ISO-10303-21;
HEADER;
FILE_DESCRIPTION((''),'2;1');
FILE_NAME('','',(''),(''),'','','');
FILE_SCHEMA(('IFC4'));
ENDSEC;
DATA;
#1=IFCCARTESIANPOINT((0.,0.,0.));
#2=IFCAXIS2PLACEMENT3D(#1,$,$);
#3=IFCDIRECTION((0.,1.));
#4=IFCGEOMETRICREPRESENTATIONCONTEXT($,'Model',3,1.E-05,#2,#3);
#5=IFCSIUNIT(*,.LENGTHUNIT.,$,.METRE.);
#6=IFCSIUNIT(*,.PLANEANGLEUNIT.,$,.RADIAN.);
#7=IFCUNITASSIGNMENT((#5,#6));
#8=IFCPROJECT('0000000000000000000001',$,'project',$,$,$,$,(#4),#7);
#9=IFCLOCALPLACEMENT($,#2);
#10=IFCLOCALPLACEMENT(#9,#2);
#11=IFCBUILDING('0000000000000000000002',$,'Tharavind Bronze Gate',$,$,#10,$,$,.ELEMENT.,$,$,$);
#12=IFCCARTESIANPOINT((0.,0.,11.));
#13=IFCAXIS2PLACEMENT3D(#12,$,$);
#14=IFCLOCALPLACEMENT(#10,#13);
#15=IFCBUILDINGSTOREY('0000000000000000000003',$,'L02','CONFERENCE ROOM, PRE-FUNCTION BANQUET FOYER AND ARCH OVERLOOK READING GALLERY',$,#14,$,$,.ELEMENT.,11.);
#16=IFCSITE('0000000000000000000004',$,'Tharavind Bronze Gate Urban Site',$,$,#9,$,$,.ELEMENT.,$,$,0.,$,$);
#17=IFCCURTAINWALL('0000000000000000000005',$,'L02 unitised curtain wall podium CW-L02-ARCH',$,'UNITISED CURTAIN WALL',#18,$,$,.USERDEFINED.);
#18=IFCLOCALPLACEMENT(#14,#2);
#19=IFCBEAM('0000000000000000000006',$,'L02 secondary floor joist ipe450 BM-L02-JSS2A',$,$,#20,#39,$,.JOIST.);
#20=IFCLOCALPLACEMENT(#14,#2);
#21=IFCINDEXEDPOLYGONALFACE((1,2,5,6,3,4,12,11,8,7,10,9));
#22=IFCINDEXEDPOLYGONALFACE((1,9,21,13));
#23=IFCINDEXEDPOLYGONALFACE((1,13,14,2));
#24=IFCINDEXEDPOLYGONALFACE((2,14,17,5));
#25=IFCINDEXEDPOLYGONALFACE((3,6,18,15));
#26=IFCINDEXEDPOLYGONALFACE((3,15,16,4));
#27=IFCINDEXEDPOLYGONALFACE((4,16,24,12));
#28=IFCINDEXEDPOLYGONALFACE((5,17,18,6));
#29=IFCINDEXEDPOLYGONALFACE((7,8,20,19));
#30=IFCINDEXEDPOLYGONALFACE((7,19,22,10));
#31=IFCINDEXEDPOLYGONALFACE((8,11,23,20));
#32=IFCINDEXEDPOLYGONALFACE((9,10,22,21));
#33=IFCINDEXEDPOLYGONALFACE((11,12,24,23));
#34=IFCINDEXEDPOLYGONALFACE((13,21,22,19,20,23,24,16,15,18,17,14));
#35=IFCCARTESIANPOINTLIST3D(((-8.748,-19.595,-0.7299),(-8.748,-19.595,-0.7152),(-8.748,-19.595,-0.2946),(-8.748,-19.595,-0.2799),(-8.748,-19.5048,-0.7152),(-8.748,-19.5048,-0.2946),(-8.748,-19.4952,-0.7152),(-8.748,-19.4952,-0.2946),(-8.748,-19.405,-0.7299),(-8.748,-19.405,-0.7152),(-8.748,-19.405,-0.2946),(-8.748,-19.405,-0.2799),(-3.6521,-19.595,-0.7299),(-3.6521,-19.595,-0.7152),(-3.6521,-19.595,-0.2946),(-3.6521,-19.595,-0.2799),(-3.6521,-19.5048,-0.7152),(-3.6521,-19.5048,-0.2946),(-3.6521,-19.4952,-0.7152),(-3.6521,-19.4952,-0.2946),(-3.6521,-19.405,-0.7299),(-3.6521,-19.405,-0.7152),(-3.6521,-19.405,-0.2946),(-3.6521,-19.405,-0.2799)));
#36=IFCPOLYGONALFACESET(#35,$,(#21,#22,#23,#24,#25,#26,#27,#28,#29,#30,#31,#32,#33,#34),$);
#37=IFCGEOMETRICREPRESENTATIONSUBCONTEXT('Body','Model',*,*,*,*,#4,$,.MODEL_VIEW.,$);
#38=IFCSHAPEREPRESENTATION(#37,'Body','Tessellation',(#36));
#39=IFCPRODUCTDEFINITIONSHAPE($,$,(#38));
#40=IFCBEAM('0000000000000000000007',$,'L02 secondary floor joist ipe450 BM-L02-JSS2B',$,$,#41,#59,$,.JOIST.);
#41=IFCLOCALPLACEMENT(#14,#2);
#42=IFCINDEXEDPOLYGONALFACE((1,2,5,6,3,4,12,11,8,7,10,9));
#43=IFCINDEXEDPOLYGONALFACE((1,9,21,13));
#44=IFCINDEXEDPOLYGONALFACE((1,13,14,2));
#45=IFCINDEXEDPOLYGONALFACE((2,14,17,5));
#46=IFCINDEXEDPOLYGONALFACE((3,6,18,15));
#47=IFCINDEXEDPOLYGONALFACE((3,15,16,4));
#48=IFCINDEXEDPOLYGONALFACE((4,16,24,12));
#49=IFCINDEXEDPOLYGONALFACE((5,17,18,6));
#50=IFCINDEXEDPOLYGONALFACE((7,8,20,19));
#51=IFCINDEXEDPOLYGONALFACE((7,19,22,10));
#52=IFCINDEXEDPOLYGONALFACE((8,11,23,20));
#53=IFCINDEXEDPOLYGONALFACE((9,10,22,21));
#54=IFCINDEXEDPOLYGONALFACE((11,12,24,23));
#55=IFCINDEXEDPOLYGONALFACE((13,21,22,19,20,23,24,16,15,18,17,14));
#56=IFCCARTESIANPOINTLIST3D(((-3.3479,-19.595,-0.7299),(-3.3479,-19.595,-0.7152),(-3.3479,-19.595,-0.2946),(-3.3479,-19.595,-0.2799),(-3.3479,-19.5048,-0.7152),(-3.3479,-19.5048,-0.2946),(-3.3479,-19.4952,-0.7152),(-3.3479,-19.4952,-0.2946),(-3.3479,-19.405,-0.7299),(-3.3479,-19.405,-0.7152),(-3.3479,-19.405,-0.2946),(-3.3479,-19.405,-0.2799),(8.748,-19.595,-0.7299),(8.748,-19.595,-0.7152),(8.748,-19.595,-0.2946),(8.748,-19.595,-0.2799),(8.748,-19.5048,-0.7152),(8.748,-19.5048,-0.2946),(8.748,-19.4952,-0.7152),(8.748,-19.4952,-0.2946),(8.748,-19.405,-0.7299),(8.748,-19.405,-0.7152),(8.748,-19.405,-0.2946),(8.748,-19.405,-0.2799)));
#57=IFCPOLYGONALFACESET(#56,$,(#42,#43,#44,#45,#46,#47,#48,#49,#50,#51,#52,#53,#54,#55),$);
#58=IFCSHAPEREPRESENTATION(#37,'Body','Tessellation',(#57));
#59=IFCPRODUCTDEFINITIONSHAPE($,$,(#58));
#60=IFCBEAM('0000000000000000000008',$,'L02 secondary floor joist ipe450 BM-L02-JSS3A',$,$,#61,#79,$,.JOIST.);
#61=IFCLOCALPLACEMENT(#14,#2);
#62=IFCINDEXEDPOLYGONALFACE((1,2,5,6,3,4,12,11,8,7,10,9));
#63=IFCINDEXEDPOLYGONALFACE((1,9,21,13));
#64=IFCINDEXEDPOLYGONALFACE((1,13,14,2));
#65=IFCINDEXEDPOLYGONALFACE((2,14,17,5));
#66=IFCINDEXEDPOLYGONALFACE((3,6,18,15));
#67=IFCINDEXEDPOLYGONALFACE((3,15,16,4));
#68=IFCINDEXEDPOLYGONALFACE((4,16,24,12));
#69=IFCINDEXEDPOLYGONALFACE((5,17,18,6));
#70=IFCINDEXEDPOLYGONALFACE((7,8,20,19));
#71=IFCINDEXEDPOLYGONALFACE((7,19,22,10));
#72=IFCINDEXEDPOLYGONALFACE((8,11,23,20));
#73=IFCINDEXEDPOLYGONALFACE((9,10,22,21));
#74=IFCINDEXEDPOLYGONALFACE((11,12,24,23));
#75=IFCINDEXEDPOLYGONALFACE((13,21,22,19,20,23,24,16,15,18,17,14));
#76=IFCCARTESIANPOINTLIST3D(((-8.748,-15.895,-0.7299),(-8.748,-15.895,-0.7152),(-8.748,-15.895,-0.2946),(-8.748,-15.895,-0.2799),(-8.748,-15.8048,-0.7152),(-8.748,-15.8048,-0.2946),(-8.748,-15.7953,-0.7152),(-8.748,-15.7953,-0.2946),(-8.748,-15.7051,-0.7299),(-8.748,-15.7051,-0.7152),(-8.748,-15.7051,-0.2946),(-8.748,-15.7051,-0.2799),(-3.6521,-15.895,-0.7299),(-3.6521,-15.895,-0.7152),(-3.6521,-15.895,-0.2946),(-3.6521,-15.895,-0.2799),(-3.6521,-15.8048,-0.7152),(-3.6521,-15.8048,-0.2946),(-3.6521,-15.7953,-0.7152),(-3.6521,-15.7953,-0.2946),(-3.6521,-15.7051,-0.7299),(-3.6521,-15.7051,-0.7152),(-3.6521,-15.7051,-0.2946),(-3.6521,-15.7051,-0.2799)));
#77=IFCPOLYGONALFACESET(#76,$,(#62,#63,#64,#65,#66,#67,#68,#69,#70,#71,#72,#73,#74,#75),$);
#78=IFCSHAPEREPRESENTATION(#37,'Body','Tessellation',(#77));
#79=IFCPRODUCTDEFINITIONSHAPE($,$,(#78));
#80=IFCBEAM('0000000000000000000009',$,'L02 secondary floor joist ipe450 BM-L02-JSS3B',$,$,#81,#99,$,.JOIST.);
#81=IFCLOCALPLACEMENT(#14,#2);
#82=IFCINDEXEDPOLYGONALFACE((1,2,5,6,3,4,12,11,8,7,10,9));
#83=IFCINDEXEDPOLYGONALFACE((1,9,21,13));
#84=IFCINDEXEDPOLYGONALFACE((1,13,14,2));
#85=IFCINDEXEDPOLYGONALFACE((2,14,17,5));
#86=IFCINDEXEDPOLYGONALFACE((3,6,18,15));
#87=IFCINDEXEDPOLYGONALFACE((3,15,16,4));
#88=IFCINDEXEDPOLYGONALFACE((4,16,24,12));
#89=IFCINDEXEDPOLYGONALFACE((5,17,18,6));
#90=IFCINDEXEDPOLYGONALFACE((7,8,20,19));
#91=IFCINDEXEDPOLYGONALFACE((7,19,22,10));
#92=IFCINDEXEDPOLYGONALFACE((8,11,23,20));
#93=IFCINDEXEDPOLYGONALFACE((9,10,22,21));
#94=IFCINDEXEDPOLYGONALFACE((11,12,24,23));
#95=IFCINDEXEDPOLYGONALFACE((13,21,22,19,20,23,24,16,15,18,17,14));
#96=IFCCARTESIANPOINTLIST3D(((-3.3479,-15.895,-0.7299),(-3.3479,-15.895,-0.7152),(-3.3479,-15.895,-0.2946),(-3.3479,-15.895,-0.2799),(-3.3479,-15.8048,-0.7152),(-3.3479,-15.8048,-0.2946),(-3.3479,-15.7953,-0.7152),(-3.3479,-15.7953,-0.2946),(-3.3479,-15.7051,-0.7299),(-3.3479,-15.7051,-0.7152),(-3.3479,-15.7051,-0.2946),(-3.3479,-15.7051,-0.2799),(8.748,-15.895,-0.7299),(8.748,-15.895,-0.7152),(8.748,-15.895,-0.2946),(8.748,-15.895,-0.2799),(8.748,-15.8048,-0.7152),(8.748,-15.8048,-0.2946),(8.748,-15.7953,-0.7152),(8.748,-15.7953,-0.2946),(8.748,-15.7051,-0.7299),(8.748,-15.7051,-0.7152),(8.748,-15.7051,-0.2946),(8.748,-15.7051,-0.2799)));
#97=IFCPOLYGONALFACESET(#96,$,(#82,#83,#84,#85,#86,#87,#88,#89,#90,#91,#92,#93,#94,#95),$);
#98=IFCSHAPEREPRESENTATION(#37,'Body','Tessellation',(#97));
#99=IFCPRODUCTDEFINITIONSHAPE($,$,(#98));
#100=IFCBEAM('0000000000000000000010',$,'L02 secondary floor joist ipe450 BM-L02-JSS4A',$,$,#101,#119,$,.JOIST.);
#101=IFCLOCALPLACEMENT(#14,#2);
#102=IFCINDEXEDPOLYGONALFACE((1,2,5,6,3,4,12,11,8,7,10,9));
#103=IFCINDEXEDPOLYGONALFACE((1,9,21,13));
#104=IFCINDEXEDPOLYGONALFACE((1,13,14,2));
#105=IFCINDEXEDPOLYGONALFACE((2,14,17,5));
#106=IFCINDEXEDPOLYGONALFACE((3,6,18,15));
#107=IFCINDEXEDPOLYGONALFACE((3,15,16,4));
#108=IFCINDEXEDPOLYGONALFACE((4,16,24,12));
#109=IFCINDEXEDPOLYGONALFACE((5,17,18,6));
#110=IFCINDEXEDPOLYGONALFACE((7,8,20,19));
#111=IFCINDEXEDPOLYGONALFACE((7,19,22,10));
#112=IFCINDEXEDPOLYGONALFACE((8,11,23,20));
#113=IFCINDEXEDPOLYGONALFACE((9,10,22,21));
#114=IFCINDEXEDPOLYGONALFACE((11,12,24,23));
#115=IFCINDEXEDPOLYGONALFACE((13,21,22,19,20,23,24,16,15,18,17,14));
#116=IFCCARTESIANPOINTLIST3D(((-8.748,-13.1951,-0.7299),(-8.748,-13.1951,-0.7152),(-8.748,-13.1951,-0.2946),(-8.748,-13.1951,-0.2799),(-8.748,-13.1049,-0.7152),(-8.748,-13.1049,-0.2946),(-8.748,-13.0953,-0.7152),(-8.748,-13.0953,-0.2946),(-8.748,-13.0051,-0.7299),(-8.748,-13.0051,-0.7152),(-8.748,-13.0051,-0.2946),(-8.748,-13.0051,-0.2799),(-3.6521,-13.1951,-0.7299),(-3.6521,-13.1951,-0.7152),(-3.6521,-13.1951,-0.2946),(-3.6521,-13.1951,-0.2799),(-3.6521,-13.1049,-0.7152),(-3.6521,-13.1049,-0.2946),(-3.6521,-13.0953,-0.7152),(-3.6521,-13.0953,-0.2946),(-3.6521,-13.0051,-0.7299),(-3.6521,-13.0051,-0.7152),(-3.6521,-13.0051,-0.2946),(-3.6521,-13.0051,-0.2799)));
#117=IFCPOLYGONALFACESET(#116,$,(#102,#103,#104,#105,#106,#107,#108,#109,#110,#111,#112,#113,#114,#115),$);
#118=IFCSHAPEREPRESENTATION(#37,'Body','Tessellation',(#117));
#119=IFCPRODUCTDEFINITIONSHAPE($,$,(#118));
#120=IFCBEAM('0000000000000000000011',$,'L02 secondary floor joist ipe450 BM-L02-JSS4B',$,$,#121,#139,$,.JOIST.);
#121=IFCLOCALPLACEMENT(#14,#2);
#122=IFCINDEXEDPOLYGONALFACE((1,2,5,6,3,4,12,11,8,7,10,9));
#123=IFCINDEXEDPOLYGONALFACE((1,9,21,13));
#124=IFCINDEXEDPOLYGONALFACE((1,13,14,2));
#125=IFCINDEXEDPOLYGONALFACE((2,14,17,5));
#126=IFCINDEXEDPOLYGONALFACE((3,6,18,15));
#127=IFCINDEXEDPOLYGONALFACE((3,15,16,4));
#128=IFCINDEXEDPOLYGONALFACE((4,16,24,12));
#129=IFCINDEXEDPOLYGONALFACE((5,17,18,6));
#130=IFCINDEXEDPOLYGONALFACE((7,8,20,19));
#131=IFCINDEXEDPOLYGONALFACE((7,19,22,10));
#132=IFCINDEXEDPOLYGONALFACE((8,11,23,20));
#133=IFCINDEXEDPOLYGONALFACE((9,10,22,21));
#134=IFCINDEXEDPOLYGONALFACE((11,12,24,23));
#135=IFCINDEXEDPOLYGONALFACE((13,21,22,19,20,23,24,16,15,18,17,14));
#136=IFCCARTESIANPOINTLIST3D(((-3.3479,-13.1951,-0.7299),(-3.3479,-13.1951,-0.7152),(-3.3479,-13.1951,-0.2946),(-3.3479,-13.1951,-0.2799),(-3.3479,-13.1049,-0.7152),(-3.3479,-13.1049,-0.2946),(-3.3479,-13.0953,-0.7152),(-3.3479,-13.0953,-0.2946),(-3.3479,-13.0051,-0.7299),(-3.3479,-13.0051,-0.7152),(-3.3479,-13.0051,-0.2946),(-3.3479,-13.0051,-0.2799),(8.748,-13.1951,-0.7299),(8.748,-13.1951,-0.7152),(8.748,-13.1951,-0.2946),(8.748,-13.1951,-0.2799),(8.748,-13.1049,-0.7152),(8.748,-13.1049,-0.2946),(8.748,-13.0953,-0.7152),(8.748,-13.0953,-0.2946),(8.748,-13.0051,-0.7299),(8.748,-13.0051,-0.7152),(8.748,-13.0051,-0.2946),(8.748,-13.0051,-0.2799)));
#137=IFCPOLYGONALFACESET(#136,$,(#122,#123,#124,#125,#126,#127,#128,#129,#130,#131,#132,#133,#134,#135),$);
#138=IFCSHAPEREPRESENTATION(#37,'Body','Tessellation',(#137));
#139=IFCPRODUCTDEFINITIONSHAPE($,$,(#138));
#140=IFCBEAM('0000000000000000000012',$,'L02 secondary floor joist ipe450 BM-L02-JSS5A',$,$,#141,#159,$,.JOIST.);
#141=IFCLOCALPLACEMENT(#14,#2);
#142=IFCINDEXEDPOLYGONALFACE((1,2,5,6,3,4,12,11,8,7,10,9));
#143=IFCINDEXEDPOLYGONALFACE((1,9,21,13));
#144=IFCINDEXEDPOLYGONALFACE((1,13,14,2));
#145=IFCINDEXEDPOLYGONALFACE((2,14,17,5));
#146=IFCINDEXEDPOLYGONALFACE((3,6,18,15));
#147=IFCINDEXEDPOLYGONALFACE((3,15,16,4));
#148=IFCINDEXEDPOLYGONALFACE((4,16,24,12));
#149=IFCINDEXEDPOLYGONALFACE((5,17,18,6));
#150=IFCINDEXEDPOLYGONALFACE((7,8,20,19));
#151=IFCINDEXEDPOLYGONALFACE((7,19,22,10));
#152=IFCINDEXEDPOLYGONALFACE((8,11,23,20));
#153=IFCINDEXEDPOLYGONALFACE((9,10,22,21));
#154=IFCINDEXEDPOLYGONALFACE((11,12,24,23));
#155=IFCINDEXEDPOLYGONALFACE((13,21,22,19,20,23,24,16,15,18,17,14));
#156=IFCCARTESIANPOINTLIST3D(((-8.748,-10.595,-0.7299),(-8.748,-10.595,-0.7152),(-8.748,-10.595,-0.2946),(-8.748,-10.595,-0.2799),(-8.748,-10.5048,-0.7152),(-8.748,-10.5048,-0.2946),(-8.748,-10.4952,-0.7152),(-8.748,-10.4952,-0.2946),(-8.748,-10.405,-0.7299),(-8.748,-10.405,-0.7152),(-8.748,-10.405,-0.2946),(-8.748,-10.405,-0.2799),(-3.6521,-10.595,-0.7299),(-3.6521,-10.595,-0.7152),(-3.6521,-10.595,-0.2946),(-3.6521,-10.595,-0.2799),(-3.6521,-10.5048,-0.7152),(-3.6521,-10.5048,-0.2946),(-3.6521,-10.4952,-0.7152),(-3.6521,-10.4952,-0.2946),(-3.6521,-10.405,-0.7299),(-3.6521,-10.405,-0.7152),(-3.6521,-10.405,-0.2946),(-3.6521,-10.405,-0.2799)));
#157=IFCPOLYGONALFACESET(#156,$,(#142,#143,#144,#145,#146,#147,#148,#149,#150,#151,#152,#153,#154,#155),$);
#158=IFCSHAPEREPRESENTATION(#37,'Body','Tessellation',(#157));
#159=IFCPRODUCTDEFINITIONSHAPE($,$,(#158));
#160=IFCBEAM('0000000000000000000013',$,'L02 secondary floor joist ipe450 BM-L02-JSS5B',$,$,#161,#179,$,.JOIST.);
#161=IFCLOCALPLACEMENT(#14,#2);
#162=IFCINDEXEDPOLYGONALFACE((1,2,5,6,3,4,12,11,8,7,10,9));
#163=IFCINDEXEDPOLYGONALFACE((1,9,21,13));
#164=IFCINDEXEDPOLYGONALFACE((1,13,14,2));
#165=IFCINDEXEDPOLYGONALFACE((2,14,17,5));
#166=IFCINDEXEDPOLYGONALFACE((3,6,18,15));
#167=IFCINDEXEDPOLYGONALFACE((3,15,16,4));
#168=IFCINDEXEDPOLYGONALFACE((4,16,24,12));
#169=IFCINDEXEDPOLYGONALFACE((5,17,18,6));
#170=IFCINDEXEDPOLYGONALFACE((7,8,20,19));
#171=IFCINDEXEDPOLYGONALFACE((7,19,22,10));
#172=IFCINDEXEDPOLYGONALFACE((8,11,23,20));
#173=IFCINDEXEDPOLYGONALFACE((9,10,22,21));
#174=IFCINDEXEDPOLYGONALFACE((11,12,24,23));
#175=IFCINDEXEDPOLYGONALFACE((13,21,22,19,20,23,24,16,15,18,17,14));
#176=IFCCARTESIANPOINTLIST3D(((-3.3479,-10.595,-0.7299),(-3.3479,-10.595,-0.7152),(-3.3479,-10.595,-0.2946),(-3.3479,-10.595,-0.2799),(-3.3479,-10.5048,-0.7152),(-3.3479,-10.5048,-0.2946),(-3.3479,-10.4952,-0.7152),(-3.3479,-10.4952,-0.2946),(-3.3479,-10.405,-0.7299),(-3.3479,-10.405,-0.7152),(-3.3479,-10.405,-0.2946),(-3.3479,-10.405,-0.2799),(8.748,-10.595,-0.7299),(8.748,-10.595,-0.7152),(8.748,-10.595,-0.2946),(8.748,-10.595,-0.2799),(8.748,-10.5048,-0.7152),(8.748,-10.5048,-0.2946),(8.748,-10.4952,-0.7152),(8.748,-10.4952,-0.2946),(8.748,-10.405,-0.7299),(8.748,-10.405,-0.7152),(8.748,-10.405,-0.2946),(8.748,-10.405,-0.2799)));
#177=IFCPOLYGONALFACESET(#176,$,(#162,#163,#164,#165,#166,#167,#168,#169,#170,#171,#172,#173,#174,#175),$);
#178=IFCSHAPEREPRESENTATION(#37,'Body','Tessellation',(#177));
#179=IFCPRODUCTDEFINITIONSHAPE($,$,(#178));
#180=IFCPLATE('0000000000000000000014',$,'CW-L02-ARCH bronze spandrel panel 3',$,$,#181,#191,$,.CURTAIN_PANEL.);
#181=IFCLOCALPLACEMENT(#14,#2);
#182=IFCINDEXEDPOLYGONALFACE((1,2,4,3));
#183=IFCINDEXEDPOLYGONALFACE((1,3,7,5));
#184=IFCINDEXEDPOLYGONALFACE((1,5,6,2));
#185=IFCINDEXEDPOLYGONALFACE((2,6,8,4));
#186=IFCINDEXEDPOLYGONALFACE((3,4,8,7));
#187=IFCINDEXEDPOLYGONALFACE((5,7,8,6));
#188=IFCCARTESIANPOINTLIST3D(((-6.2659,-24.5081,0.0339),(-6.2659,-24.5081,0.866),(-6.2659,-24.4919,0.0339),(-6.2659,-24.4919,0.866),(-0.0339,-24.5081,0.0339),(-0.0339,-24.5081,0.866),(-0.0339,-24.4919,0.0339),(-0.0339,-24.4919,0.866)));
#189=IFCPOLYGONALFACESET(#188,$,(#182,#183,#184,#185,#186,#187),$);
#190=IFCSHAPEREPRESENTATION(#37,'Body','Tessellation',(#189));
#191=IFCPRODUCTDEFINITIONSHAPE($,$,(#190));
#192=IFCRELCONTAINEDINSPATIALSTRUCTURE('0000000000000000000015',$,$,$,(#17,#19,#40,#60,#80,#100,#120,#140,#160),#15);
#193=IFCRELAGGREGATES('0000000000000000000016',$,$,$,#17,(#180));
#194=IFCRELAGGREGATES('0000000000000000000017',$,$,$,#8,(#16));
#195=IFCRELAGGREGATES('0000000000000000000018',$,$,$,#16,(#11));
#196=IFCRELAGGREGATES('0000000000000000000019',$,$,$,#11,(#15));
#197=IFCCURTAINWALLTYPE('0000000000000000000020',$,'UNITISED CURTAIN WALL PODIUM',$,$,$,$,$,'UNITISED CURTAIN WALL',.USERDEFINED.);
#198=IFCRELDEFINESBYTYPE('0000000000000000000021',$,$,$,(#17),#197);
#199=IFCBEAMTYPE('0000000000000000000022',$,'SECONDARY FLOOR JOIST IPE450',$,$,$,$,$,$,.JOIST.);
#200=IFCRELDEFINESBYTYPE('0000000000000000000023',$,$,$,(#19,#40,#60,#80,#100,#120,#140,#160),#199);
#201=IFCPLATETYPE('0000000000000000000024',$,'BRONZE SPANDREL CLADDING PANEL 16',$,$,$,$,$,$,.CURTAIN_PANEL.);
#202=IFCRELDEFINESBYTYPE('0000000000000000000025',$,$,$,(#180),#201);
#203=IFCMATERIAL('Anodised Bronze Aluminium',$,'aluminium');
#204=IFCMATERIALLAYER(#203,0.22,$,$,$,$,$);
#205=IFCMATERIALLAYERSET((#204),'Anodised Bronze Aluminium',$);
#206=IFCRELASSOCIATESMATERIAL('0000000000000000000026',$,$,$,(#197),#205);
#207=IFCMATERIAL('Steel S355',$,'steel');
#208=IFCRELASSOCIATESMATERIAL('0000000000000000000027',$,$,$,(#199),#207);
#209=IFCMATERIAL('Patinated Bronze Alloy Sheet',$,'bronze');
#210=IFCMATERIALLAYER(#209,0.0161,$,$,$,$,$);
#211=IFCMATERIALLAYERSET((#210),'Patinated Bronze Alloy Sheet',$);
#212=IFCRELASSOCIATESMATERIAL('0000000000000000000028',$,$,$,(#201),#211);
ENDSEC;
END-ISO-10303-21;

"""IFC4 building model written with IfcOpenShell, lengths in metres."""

from ifc_helpers import new_model, si_unit, direction, frame, origin, origin_2d, place, context, subcontext, project, spatial, rectangle, i_section, extrude, material, layer, layer_set, material_profile, profile_set, type_object, element, aggregate, save


model = new_model("IFC4")

# Units and contexts
model_context = context("Model", 3, precision=1e-05, world=origin(), true_north=direction((0.0, 1.0)))
body_context = subcontext(model_context, "Body", "Model", "MODEL_VIEW")
ifc_project = project(units=[si_unit("LENGTHUNIT", "METRE"), si_unit("PLANEANGLEUNIT", "RADIAN")], contexts=[model_context])

# Site, building, storey
site_placement = place(None, origin())
site = spatial("IfcSite", under=ifc_project, at=site_placement, Name="Tharavind Bronze Gate Urban Site", CompositionType="ELEMENT", RefElevation=0.0)
building_placement = place(site_placement, origin())
building = spatial("IfcBuilding", under=site, at=building_placement, Name="Tharavind Bronze Gate", CompositionType="ELEMENT")
storey_placement = place(building_placement, frame((0.0, 0.0, 11.0)))
storey = spatial("IfcBuildingStorey", under=building, at=storey_placement, Name="L02", Description="CONFERENCE ROOM, PRE-FUNCTION BANQUET FOYER AND ARCH OVERLOOK READING GALLERY", CompositionType="ELEMENT", Elevation=11.0)

# Curtain wall
ifc_material_1 = material(Name="Anodised Bronze Aluminium", Category="aluminium")
ifc_layer_1 = layer(ifc_material_1, 0.22)
ifc_layer_set_1 = layer_set([ifc_layer_1], Name="Anodised Bronze Aluminium")
curtain_wall_type = type_object("IfcCurtainWallType", Name="UNITISED CURTAIN WALL PODIUM", ElementType="UNITISED CURTAIN WALL", PredefinedType="USERDEFINED", material=ifc_layer_set_1)
curtain_wall_placement = place(storey_placement, origin())
curtain_wall = element("IfcCurtainWall", 1, at=curtain_wall_placement, inside=storey, type_object=curtain_wall_type, Name="L02 unitised curtain wall podium CW-L02-ARCH", ObjectType="UNITISED CURTAIN WALL", PredefinedType="USERDEFINED")

# Beams
ifc_material_2 = material(Name="Steel S355", Category="steel")
ifc_material_profile_1 = material_profile(ifc_material_2, i_section(OverallWidth=0.1899, OverallDepth=0.45, WebThickness=0.0095, FlangeThickness=0.0146, at=origin_2d()), Name="IPE450")
ifc_profile_set_1 = profile_set([ifc_material_profile_1], Name="Steel S355")
beam_type_1 = type_object("IfcBeamType", Name="SECONDARY FLOOR JOIST IPE450", PredefinedType="JOIST", material=ifc_profile_set_1)
beam_1_placement = place(storey_placement, frame((-8.748, -19.5, -0.5049), z_axis=(1.0, 0.0, 0.0), x_axis=(0.0, 1.0, 0.0)))
element("IfcBeam", 2, at=beam_1_placement, inside=storey, type_object=beam_type_1, Name="L02 secondary floor joist ipe450 BM-L02-JSS2A", PredefinedType="JOIST", context=body_context, shape_type="SweptSolid", body=[
    extrude(i_section(OverallWidth=0.1899, OverallDepth=0.45, WebThickness=0.0095, FlangeThickness=0.0146, at=origin_2d()), origin(), (0.0, 0.0, 1.0), 5.0959),
])
beam_2_placement = place(storey_placement, frame((-3.3479, -19.5, -0.5049), z_axis=(1.0, 0.0, 0.0), x_axis=(0.0, 1.0, 0.0)))
element("IfcBeam", 3, at=beam_2_placement, inside=storey, type_object=beam_type_1, Name="L02 secondary floor joist ipe450 BM-L02-JSS2B", PredefinedType="JOIST", context=body_context, shape_type="SweptSolid", body=[
    extrude(i_section(OverallWidth=0.1899, OverallDepth=0.45, WebThickness=0.0095, FlangeThickness=0.0146, at=origin_2d()), origin(), (0.0, 0.0, 1.0), 12.0959),
])
beam_3_placement = place(storey_placement, frame((-8.748, -15.8, -0.5049), z_axis=(1.0, 0.0, 0.0), x_axis=(0.0, 1.0, 0.0)))
element("IfcBeam", 4, at=beam_3_placement, inside=storey, type_object=beam_type_1, Name="L02 secondary floor joist ipe450 BM-L02-JSS3A", PredefinedType="JOIST", context=body_context, shape_type="SweptSolid", body=[
    extrude(i_section(OverallWidth=0.1899, OverallDepth=0.45, WebThickness=0.0095, FlangeThickness=0.0146, at=origin_2d()), origin(), (0.0, 0.0, 1.0), 5.0959),
])
beam_4_placement = place(storey_placement, frame((-3.3479, -15.8, -0.5049), z_axis=(1.0, 0.0, 0.0), x_axis=(0.0, 1.0, 0.0)))
element("IfcBeam", 5, at=beam_4_placement, inside=storey, type_object=beam_type_1, Name="L02 secondary floor joist ipe450 BM-L02-JSS3B", PredefinedType="JOIST", context=body_context, shape_type="SweptSolid", body=[
    extrude(i_section(OverallWidth=0.1899, OverallDepth=0.45, WebThickness=0.0095, FlangeThickness=0.0146, at=origin_2d()), origin(), (0.0, 0.0, 1.0), 12.0959),
])
beam_5_placement = place(storey_placement, frame((-8.748, -13.1001, -0.5049), z_axis=(1.0, 0.0, 0.0), x_axis=(0.0, 1.0, 0.0)))
element("IfcBeam", 6, at=beam_5_placement, inside=storey, type_object=beam_type_1, Name="L02 secondary floor joist ipe450 BM-L02-JSS4A", PredefinedType="JOIST", context=body_context, shape_type="SweptSolid", body=[
    extrude(i_section(OverallWidth=0.1899, OverallDepth=0.45, WebThickness=0.0095, FlangeThickness=0.0146, at=origin_2d()), origin(), (0.0, 0.0, 1.0), 5.0959),
])
beam_6_placement = place(storey_placement, frame((-3.3479, -13.1001, -0.5049), z_axis=(1.0, 0.0, 0.0), x_axis=(0.0, 1.0, 0.0)))
element("IfcBeam", 7, at=beam_6_placement, inside=storey, type_object=beam_type_1, Name="L02 secondary floor joist ipe450 BM-L02-JSS4B", PredefinedType="JOIST", context=body_context, shape_type="SweptSolid", body=[
    extrude(i_section(OverallWidth=0.1899, OverallDepth=0.45, WebThickness=0.0095, FlangeThickness=0.0146, at=origin_2d()), origin(), (0.0, 0.0, 1.0), 12.0959),
])
beam_7_placement = place(storey_placement, frame((-8.748, -10.5, -0.5049), z_axis=(1.0, 0.0, 0.0), x_axis=(0.0, 1.0, 0.0)))
element("IfcBeam", 8, at=beam_7_placement, inside=storey, type_object=beam_type_1, Name="L02 secondary floor joist ipe450 BM-L02-JSS5A", PredefinedType="JOIST", context=body_context, shape_type="SweptSolid", body=[
    extrude(i_section(OverallWidth=0.1899, OverallDepth=0.45, WebThickness=0.0095, FlangeThickness=0.0146, at=origin_2d()), origin(), (0.0, 0.0, 1.0), 5.0959),
])
beam_8_placement = place(storey_placement, frame((-3.3479, -10.5, -0.5049), z_axis=(1.0, 0.0, 0.0), x_axis=(0.0, 1.0, 0.0)))
element("IfcBeam", 9, at=beam_8_placement, inside=storey, type_object=beam_type_1, Name="L02 secondary floor joist ipe450 BM-L02-JSS5B", PredefinedType="JOIST", context=body_context, shape_type="SweptSolid", body=[
    extrude(i_section(OverallWidth=0.1899, OverallDepth=0.45, WebThickness=0.0095, FlangeThickness=0.0146, at=origin_2d()), origin(), (0.0, 0.0, 1.0), 12.0959),
])

# Plate
ifc_material_3 = material(Name="Patinated Bronze Alloy Sheet", Category="bronze")
ifc_layer_2 = layer(ifc_material_3, 0.0161)
ifc_layer_set_2 = layer_set([ifc_layer_2], Name="Patinated Bronze Alloy Sheet")
plate_type_1 = type_object("IfcPlateType", Name="BRONZE SPANDREL CLADDING PANEL 16", PredefinedType="CURTAIN_PANEL", material=ifc_layer_set_2)
plate_1_placement = place(storey_placement, frame((-3.1499, -24.5, 0.0339), z_axis=(0.0, 0.0, 1.0), x_axis=(1.0, 0.0, 0.0)))
plate_1 = element("IfcPlate", 10, at=plate_1_placement, type_object=plate_type_1, Name="CW-L02-ARCH bronze spandrel panel 3", PredefinedType="CURTAIN_PANEL", context=body_context, shape_type="SweptSolid", body=[
    extrude(rectangle(XDim=6.2319, YDim=0.0161, at=origin_2d()), origin(), (0.0, 0.0, 1.0), 0.832),
])
aggregate(curtain_wall, [plate_1])

save(model, "model.ifc")
